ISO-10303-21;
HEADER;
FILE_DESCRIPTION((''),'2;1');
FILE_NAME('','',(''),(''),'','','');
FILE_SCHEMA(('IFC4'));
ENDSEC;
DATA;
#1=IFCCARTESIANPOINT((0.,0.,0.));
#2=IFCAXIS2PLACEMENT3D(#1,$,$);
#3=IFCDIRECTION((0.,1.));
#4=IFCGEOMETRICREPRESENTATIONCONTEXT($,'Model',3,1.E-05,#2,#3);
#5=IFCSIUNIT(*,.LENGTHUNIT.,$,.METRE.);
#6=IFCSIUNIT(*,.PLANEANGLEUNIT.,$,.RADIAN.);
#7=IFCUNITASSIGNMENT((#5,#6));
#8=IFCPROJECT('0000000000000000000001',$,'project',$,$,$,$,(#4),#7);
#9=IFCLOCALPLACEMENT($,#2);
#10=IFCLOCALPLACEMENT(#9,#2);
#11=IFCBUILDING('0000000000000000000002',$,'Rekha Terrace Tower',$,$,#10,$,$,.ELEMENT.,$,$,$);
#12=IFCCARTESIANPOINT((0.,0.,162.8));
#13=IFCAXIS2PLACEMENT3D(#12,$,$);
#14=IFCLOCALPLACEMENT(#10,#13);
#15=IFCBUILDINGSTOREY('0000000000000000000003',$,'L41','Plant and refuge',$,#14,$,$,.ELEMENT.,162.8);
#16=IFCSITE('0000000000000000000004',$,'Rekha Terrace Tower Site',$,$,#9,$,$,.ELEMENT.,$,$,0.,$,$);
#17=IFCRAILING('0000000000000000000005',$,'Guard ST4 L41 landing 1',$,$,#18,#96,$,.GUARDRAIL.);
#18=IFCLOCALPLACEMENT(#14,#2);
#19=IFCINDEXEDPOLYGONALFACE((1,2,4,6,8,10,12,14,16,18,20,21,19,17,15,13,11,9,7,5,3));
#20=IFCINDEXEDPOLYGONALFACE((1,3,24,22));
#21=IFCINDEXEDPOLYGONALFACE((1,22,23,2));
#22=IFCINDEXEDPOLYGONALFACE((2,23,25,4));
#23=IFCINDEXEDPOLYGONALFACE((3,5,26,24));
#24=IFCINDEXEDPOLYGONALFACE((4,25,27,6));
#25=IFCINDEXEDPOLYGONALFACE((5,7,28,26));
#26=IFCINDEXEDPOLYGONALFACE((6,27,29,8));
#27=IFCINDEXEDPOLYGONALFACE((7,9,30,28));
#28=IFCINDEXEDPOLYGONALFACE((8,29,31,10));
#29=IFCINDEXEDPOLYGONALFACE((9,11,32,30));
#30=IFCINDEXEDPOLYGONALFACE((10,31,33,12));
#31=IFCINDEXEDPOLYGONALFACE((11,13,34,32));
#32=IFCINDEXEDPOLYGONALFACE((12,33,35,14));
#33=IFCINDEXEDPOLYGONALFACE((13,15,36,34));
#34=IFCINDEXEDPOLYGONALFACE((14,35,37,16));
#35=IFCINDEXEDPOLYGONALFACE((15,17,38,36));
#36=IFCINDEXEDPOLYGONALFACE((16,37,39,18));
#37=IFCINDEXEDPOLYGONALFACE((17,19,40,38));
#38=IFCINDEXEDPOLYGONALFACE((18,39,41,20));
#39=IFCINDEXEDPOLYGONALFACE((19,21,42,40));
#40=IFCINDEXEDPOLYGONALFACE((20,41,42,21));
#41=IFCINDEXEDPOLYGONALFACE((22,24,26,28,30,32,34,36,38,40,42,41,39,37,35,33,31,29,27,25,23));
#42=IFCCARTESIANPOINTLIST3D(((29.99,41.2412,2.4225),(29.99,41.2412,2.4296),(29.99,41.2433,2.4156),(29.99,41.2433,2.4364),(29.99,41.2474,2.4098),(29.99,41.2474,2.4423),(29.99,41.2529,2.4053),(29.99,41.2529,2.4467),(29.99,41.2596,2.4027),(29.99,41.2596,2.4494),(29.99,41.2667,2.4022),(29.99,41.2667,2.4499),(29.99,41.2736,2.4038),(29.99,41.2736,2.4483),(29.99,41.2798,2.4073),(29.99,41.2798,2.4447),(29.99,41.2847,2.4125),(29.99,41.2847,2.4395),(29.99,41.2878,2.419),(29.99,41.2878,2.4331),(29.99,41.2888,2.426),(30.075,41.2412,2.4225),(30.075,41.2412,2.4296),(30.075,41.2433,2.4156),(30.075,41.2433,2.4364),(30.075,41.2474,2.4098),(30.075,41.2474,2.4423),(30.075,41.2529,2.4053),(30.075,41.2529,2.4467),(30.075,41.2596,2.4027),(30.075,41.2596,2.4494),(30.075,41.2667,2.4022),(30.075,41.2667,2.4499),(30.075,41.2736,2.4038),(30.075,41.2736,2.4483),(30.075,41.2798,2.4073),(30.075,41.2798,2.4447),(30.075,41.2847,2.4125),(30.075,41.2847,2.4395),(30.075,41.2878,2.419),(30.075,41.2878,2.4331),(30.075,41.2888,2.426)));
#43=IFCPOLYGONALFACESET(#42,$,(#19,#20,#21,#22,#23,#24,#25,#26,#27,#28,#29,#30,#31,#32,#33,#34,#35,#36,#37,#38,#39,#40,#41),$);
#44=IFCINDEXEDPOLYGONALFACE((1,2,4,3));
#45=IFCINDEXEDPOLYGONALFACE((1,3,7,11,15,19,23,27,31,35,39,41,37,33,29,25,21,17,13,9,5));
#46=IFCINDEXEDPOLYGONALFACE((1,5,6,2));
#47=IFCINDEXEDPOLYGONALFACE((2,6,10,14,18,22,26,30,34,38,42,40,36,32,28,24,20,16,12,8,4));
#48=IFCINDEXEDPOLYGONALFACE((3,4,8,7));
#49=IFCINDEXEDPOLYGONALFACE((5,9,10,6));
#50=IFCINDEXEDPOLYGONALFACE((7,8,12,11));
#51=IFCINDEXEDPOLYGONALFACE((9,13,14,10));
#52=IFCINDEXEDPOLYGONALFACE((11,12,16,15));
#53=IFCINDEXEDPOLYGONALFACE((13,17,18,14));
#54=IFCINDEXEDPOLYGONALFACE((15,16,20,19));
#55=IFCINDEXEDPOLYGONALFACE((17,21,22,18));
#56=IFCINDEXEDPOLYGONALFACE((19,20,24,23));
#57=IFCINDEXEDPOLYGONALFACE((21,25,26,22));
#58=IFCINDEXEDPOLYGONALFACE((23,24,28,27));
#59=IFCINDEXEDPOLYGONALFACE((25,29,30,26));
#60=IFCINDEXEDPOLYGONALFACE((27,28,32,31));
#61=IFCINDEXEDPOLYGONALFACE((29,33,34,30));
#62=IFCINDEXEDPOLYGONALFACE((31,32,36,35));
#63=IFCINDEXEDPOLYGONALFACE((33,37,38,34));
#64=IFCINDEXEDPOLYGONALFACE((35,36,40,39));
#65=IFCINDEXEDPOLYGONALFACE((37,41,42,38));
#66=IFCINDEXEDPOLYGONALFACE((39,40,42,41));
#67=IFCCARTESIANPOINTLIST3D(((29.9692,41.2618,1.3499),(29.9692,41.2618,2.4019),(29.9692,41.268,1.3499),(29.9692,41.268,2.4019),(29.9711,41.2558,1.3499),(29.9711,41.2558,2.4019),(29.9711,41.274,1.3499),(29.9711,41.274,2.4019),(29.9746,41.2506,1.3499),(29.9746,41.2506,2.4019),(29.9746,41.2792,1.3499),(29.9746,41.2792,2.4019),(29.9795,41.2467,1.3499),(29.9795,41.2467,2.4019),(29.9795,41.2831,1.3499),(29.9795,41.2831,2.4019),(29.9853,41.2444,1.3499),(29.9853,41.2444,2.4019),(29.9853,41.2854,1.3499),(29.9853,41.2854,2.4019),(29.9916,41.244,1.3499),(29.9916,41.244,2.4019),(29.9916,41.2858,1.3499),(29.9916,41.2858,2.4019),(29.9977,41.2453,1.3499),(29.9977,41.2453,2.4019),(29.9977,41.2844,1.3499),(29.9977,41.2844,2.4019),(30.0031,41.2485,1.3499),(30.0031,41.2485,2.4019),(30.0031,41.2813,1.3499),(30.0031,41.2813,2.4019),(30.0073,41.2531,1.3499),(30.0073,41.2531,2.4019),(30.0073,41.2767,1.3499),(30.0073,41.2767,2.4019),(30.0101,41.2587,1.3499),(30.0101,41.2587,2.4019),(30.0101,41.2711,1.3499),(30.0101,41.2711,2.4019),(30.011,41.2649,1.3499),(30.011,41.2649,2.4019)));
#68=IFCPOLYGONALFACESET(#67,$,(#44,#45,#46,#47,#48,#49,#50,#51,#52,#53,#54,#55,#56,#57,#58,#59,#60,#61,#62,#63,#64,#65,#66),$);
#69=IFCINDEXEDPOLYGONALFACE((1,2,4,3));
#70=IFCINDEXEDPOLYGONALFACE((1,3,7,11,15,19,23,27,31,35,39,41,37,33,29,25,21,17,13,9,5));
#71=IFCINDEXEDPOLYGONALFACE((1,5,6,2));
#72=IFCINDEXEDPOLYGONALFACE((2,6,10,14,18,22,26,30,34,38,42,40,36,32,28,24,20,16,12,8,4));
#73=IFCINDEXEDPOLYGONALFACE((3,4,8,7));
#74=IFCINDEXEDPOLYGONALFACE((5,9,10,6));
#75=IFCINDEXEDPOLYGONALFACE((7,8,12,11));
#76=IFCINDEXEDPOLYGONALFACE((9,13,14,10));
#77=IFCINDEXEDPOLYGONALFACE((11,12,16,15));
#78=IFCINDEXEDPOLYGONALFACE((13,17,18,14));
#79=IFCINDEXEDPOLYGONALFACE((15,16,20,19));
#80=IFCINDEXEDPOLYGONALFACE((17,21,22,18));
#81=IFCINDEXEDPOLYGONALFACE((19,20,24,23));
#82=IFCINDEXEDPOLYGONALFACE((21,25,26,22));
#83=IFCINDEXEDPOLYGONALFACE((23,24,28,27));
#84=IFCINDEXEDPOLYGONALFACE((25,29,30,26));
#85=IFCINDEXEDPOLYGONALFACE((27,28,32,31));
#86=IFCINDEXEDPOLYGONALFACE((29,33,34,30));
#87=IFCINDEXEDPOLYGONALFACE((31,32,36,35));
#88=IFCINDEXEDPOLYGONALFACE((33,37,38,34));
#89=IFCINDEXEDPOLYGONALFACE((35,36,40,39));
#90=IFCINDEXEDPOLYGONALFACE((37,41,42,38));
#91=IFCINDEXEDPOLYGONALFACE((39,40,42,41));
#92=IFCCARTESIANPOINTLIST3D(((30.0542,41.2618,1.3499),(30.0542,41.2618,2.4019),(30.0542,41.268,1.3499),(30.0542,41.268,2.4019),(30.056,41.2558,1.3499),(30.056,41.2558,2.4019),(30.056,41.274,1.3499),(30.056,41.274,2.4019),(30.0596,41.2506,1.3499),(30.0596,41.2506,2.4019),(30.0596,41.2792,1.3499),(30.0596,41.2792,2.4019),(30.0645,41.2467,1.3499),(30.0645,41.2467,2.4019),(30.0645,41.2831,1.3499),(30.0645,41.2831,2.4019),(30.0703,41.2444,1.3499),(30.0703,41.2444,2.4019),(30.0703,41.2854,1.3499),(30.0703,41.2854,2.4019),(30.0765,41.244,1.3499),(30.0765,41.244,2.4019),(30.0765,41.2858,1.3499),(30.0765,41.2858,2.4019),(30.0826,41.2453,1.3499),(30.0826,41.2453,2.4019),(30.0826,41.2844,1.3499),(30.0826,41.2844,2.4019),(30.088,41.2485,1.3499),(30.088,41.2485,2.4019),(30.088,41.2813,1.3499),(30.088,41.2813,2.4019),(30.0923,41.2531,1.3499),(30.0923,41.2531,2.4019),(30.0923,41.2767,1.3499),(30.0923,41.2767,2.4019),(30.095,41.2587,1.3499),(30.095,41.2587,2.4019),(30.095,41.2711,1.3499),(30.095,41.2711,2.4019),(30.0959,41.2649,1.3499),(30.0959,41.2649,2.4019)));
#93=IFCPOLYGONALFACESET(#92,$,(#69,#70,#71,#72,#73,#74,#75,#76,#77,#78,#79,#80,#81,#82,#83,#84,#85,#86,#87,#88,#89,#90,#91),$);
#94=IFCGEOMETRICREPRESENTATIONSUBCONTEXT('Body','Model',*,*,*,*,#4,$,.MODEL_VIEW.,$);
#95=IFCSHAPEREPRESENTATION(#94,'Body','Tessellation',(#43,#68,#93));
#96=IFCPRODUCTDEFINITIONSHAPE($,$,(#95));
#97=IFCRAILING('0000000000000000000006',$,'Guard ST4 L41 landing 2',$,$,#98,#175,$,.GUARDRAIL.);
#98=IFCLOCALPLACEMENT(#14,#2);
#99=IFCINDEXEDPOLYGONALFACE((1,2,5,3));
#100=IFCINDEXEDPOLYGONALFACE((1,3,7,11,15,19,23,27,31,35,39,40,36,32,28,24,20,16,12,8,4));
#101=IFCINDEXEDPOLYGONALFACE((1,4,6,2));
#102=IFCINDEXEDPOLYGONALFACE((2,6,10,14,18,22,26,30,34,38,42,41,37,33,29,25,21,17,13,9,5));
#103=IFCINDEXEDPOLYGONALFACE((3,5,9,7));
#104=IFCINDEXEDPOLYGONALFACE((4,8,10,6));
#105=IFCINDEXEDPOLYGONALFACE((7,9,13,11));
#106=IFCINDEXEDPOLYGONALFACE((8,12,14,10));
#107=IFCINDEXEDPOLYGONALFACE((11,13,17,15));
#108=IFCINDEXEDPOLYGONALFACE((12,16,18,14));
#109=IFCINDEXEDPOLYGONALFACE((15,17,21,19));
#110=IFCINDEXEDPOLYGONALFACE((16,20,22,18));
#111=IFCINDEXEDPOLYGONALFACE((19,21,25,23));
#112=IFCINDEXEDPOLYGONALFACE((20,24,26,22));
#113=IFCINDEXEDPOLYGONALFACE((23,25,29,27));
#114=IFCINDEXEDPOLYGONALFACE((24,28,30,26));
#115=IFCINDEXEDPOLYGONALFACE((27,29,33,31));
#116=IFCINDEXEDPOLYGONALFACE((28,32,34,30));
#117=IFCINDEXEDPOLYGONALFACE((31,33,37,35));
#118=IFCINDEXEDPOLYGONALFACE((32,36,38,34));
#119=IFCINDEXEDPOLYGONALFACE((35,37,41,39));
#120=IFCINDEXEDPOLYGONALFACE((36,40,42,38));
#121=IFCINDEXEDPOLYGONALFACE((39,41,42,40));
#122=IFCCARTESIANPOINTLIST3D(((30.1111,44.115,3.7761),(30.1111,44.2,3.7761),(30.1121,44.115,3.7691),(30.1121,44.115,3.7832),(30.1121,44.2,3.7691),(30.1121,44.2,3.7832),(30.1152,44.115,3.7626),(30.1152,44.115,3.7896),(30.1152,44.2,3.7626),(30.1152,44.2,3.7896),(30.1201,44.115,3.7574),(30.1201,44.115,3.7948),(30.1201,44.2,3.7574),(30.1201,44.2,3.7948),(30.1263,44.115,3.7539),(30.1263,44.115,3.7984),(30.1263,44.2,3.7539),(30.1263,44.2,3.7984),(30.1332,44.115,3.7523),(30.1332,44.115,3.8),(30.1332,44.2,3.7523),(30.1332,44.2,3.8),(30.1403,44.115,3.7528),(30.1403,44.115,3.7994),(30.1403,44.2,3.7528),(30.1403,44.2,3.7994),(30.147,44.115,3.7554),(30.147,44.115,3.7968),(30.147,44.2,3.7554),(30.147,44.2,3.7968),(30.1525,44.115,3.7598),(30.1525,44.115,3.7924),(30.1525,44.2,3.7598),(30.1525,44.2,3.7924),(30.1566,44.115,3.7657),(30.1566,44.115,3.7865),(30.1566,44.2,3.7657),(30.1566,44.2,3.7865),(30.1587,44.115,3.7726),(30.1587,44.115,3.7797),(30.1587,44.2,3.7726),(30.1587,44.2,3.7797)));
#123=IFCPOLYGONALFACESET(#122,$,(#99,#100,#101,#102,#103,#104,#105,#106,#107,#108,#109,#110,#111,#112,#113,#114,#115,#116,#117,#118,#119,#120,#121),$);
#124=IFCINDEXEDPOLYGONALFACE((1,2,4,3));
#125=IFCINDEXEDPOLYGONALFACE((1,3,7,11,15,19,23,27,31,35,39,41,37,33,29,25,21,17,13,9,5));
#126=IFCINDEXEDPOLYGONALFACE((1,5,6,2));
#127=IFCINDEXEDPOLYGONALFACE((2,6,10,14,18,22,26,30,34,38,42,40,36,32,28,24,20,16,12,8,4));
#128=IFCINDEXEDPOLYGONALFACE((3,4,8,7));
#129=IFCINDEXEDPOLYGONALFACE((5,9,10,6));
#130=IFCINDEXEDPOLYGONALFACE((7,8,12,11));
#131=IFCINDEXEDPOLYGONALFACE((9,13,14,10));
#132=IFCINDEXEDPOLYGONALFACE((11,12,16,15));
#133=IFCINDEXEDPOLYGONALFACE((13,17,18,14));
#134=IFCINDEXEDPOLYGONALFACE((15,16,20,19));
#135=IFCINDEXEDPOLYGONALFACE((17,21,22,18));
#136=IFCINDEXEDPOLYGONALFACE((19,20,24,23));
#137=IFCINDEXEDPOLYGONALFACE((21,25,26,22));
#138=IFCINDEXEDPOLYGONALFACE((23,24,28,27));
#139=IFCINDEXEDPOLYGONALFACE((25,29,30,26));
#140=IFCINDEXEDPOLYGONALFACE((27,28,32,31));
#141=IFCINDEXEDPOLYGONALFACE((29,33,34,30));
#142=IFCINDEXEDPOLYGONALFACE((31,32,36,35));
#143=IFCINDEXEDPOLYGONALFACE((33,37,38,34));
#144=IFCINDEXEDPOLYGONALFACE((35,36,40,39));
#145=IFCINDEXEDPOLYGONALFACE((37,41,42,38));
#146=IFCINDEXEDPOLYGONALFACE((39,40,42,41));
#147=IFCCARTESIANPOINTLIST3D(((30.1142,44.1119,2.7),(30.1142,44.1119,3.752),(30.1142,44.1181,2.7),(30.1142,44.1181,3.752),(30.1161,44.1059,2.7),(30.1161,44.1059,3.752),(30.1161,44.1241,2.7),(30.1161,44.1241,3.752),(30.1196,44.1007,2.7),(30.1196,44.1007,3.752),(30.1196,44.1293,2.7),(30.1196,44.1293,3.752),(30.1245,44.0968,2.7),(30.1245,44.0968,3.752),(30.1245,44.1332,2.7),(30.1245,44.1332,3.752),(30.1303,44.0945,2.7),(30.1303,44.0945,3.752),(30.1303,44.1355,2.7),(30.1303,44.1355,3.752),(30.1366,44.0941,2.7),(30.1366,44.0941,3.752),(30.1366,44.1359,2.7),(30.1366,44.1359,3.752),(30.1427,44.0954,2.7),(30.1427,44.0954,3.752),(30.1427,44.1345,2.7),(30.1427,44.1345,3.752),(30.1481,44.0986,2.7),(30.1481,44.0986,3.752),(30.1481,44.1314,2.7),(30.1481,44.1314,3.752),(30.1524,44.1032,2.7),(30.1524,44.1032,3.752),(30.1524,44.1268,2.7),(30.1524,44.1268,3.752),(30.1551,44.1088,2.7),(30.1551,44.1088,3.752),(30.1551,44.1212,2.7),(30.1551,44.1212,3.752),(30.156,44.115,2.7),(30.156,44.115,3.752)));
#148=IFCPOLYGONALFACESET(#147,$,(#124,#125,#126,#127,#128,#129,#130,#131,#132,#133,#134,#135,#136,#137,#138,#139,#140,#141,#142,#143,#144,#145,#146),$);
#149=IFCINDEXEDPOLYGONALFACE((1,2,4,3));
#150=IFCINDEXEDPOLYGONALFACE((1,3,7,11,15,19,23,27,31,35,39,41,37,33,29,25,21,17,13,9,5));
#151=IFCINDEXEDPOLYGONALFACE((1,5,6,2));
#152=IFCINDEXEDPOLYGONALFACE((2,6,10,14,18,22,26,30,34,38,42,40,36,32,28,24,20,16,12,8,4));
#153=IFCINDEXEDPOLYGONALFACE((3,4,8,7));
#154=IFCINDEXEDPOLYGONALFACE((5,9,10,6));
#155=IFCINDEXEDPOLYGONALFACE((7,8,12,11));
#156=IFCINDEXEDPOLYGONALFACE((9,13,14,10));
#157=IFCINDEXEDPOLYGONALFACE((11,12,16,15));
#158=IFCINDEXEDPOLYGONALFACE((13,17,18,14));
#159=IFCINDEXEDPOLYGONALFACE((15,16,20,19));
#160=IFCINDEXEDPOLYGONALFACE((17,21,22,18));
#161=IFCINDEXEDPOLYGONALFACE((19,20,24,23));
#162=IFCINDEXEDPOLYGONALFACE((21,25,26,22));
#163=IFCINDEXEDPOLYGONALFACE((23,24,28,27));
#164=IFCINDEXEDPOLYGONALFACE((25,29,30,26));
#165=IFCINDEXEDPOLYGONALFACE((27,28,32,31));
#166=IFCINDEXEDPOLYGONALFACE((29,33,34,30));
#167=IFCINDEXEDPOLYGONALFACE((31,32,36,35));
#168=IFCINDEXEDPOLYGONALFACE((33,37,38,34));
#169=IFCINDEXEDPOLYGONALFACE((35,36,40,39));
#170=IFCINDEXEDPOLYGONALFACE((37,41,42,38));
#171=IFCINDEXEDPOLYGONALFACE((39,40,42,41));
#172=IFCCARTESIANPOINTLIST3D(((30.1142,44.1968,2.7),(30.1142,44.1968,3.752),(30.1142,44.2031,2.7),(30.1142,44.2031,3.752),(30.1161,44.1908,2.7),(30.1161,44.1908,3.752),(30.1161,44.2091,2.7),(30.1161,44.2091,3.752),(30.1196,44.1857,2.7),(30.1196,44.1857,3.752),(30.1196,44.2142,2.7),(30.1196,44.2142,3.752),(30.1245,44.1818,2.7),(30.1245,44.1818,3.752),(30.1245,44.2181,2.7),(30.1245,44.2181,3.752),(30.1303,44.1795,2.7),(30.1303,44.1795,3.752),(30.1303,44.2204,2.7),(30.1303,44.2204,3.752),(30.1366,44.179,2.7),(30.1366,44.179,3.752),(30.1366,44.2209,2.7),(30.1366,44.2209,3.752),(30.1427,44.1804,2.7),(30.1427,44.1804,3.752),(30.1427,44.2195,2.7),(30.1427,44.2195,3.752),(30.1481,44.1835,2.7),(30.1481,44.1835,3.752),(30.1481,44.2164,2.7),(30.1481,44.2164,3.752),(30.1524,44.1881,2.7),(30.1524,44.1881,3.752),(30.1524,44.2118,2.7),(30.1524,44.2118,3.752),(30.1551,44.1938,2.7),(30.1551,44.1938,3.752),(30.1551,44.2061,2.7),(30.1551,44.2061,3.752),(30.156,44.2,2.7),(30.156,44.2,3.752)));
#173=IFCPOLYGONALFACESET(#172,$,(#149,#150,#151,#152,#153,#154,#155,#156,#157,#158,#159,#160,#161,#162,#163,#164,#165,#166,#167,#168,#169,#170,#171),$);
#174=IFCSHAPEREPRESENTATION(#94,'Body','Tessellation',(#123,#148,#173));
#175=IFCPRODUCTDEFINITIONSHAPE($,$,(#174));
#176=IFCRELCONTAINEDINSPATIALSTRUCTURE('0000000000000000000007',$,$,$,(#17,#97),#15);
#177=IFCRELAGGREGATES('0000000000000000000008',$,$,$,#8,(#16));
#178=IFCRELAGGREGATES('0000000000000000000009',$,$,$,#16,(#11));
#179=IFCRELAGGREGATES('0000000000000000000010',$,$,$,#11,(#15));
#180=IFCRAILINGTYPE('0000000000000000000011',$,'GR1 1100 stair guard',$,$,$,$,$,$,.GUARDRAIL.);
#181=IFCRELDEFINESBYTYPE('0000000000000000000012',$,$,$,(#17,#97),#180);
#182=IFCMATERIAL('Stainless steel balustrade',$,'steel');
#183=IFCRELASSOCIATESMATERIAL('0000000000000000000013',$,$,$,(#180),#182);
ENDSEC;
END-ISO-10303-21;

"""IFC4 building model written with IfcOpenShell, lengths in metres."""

from ifc_helpers import new_model, si_unit, direction, frame, origin, origin_2d, place, context, subcontext, project, spatial, circle, extrude, material, type_object, element, save


model = new_model("IFC4")

# Units and contexts
model_context = context("Model", 3, precision=1e-05, world=origin(), true_north=direction((0.0, 1.0)))
body_context = subcontext(model_context, "Body", "Model", "MODEL_VIEW")
ifc_project = project(units=[si_unit("LENGTHUNIT", "METRE"), si_unit("PLANEANGLEUNIT", "RADIAN")], contexts=[model_context])

# Site, building, storey
site_placement = place(None, origin())
site = spatial("IfcSite", under=ifc_project, at=site_placement, Name="Rekha Terrace Tower Site", CompositionType="ELEMENT", RefElevation=0.0)
building_placement = place(site_placement, origin())
building = spatial("IfcBuilding", under=site, at=building_placement, Name="Rekha Terrace Tower", CompositionType="ELEMENT")
storey_placement = place(building_placement, frame((0.0, 0.0, 162.8)))
storey = spatial("IfcBuildingStorey", under=building, at=storey_placement, Name="L41", Description="Plant and refuge", CompositionType="ELEMENT", Elevation=162.8)

# Railings
ifc_material_1 = material(Name="Stainless steel balustrade", Category="steel")
railing_type_1 = type_object("IfcRailingType", Name="GR1 1100 stair guard", PredefinedType="GUARDRAIL", material=ifc_material_1)
railing_1_placement = place(storey_placement, frame((29.99, 41.2649, 1.3499)))
element("IfcRailing", 1, at=railing_1_placement, inside=storey, type_object=railing_type_1, Name="Guard ST4 L41 landing 1", PredefinedType="GUARDRAIL", context=body_context, shape_type="SweptSolid", body=[
    extrude(circle(Radius=0.0239, at=origin_2d()), frame((0.0, 0.0, 1.0762), z_axis=(1.0, 0.0, 0.0), x_axis=(0.0, 1.0, 0.0)), (0.0, 0.0, 1.0), 0.085),
    extrude(circle(Radius=0.021, at=origin_2d()), origin(), (0.0, 0.0, 1.0), 1.052),
    extrude(circle(Radius=0.021, at=origin_2d()), frame((0.085, 0.0, 0.0)), (0.0, 0.0, 1.0), 1.052),
])
railing_2_placement = place(storey_placement, frame((30.135, 44.115, 2.7)))
element("IfcRailing", 2, at=railing_2_placement, inside=storey, type_object=railing_type_1, Name="Guard ST4 L41 landing 2", PredefinedType="GUARDRAIL", context=body_context, shape_type="SweptSolid", body=[
    extrude(circle(Radius=0.0239, at=origin_2d()), frame((0.0, 0.0, 1.0762), z_axis=(0.0, 1.0, 0.0), x_axis=(-1.0, 0.0, 0.0)), (0.0, 0.0, 1.0), 0.085),
    extrude(circle(Radius=0.021, at=origin_2d()), origin(), (0.0, 0.0, 1.0), 1.052),
    extrude(circle(Radius=0.021, at=origin_2d()), frame((0.0, 0.085, 0.0)), (0.0, 0.0, 1.0), 1.052),
])

save(model, "model.ifc")
